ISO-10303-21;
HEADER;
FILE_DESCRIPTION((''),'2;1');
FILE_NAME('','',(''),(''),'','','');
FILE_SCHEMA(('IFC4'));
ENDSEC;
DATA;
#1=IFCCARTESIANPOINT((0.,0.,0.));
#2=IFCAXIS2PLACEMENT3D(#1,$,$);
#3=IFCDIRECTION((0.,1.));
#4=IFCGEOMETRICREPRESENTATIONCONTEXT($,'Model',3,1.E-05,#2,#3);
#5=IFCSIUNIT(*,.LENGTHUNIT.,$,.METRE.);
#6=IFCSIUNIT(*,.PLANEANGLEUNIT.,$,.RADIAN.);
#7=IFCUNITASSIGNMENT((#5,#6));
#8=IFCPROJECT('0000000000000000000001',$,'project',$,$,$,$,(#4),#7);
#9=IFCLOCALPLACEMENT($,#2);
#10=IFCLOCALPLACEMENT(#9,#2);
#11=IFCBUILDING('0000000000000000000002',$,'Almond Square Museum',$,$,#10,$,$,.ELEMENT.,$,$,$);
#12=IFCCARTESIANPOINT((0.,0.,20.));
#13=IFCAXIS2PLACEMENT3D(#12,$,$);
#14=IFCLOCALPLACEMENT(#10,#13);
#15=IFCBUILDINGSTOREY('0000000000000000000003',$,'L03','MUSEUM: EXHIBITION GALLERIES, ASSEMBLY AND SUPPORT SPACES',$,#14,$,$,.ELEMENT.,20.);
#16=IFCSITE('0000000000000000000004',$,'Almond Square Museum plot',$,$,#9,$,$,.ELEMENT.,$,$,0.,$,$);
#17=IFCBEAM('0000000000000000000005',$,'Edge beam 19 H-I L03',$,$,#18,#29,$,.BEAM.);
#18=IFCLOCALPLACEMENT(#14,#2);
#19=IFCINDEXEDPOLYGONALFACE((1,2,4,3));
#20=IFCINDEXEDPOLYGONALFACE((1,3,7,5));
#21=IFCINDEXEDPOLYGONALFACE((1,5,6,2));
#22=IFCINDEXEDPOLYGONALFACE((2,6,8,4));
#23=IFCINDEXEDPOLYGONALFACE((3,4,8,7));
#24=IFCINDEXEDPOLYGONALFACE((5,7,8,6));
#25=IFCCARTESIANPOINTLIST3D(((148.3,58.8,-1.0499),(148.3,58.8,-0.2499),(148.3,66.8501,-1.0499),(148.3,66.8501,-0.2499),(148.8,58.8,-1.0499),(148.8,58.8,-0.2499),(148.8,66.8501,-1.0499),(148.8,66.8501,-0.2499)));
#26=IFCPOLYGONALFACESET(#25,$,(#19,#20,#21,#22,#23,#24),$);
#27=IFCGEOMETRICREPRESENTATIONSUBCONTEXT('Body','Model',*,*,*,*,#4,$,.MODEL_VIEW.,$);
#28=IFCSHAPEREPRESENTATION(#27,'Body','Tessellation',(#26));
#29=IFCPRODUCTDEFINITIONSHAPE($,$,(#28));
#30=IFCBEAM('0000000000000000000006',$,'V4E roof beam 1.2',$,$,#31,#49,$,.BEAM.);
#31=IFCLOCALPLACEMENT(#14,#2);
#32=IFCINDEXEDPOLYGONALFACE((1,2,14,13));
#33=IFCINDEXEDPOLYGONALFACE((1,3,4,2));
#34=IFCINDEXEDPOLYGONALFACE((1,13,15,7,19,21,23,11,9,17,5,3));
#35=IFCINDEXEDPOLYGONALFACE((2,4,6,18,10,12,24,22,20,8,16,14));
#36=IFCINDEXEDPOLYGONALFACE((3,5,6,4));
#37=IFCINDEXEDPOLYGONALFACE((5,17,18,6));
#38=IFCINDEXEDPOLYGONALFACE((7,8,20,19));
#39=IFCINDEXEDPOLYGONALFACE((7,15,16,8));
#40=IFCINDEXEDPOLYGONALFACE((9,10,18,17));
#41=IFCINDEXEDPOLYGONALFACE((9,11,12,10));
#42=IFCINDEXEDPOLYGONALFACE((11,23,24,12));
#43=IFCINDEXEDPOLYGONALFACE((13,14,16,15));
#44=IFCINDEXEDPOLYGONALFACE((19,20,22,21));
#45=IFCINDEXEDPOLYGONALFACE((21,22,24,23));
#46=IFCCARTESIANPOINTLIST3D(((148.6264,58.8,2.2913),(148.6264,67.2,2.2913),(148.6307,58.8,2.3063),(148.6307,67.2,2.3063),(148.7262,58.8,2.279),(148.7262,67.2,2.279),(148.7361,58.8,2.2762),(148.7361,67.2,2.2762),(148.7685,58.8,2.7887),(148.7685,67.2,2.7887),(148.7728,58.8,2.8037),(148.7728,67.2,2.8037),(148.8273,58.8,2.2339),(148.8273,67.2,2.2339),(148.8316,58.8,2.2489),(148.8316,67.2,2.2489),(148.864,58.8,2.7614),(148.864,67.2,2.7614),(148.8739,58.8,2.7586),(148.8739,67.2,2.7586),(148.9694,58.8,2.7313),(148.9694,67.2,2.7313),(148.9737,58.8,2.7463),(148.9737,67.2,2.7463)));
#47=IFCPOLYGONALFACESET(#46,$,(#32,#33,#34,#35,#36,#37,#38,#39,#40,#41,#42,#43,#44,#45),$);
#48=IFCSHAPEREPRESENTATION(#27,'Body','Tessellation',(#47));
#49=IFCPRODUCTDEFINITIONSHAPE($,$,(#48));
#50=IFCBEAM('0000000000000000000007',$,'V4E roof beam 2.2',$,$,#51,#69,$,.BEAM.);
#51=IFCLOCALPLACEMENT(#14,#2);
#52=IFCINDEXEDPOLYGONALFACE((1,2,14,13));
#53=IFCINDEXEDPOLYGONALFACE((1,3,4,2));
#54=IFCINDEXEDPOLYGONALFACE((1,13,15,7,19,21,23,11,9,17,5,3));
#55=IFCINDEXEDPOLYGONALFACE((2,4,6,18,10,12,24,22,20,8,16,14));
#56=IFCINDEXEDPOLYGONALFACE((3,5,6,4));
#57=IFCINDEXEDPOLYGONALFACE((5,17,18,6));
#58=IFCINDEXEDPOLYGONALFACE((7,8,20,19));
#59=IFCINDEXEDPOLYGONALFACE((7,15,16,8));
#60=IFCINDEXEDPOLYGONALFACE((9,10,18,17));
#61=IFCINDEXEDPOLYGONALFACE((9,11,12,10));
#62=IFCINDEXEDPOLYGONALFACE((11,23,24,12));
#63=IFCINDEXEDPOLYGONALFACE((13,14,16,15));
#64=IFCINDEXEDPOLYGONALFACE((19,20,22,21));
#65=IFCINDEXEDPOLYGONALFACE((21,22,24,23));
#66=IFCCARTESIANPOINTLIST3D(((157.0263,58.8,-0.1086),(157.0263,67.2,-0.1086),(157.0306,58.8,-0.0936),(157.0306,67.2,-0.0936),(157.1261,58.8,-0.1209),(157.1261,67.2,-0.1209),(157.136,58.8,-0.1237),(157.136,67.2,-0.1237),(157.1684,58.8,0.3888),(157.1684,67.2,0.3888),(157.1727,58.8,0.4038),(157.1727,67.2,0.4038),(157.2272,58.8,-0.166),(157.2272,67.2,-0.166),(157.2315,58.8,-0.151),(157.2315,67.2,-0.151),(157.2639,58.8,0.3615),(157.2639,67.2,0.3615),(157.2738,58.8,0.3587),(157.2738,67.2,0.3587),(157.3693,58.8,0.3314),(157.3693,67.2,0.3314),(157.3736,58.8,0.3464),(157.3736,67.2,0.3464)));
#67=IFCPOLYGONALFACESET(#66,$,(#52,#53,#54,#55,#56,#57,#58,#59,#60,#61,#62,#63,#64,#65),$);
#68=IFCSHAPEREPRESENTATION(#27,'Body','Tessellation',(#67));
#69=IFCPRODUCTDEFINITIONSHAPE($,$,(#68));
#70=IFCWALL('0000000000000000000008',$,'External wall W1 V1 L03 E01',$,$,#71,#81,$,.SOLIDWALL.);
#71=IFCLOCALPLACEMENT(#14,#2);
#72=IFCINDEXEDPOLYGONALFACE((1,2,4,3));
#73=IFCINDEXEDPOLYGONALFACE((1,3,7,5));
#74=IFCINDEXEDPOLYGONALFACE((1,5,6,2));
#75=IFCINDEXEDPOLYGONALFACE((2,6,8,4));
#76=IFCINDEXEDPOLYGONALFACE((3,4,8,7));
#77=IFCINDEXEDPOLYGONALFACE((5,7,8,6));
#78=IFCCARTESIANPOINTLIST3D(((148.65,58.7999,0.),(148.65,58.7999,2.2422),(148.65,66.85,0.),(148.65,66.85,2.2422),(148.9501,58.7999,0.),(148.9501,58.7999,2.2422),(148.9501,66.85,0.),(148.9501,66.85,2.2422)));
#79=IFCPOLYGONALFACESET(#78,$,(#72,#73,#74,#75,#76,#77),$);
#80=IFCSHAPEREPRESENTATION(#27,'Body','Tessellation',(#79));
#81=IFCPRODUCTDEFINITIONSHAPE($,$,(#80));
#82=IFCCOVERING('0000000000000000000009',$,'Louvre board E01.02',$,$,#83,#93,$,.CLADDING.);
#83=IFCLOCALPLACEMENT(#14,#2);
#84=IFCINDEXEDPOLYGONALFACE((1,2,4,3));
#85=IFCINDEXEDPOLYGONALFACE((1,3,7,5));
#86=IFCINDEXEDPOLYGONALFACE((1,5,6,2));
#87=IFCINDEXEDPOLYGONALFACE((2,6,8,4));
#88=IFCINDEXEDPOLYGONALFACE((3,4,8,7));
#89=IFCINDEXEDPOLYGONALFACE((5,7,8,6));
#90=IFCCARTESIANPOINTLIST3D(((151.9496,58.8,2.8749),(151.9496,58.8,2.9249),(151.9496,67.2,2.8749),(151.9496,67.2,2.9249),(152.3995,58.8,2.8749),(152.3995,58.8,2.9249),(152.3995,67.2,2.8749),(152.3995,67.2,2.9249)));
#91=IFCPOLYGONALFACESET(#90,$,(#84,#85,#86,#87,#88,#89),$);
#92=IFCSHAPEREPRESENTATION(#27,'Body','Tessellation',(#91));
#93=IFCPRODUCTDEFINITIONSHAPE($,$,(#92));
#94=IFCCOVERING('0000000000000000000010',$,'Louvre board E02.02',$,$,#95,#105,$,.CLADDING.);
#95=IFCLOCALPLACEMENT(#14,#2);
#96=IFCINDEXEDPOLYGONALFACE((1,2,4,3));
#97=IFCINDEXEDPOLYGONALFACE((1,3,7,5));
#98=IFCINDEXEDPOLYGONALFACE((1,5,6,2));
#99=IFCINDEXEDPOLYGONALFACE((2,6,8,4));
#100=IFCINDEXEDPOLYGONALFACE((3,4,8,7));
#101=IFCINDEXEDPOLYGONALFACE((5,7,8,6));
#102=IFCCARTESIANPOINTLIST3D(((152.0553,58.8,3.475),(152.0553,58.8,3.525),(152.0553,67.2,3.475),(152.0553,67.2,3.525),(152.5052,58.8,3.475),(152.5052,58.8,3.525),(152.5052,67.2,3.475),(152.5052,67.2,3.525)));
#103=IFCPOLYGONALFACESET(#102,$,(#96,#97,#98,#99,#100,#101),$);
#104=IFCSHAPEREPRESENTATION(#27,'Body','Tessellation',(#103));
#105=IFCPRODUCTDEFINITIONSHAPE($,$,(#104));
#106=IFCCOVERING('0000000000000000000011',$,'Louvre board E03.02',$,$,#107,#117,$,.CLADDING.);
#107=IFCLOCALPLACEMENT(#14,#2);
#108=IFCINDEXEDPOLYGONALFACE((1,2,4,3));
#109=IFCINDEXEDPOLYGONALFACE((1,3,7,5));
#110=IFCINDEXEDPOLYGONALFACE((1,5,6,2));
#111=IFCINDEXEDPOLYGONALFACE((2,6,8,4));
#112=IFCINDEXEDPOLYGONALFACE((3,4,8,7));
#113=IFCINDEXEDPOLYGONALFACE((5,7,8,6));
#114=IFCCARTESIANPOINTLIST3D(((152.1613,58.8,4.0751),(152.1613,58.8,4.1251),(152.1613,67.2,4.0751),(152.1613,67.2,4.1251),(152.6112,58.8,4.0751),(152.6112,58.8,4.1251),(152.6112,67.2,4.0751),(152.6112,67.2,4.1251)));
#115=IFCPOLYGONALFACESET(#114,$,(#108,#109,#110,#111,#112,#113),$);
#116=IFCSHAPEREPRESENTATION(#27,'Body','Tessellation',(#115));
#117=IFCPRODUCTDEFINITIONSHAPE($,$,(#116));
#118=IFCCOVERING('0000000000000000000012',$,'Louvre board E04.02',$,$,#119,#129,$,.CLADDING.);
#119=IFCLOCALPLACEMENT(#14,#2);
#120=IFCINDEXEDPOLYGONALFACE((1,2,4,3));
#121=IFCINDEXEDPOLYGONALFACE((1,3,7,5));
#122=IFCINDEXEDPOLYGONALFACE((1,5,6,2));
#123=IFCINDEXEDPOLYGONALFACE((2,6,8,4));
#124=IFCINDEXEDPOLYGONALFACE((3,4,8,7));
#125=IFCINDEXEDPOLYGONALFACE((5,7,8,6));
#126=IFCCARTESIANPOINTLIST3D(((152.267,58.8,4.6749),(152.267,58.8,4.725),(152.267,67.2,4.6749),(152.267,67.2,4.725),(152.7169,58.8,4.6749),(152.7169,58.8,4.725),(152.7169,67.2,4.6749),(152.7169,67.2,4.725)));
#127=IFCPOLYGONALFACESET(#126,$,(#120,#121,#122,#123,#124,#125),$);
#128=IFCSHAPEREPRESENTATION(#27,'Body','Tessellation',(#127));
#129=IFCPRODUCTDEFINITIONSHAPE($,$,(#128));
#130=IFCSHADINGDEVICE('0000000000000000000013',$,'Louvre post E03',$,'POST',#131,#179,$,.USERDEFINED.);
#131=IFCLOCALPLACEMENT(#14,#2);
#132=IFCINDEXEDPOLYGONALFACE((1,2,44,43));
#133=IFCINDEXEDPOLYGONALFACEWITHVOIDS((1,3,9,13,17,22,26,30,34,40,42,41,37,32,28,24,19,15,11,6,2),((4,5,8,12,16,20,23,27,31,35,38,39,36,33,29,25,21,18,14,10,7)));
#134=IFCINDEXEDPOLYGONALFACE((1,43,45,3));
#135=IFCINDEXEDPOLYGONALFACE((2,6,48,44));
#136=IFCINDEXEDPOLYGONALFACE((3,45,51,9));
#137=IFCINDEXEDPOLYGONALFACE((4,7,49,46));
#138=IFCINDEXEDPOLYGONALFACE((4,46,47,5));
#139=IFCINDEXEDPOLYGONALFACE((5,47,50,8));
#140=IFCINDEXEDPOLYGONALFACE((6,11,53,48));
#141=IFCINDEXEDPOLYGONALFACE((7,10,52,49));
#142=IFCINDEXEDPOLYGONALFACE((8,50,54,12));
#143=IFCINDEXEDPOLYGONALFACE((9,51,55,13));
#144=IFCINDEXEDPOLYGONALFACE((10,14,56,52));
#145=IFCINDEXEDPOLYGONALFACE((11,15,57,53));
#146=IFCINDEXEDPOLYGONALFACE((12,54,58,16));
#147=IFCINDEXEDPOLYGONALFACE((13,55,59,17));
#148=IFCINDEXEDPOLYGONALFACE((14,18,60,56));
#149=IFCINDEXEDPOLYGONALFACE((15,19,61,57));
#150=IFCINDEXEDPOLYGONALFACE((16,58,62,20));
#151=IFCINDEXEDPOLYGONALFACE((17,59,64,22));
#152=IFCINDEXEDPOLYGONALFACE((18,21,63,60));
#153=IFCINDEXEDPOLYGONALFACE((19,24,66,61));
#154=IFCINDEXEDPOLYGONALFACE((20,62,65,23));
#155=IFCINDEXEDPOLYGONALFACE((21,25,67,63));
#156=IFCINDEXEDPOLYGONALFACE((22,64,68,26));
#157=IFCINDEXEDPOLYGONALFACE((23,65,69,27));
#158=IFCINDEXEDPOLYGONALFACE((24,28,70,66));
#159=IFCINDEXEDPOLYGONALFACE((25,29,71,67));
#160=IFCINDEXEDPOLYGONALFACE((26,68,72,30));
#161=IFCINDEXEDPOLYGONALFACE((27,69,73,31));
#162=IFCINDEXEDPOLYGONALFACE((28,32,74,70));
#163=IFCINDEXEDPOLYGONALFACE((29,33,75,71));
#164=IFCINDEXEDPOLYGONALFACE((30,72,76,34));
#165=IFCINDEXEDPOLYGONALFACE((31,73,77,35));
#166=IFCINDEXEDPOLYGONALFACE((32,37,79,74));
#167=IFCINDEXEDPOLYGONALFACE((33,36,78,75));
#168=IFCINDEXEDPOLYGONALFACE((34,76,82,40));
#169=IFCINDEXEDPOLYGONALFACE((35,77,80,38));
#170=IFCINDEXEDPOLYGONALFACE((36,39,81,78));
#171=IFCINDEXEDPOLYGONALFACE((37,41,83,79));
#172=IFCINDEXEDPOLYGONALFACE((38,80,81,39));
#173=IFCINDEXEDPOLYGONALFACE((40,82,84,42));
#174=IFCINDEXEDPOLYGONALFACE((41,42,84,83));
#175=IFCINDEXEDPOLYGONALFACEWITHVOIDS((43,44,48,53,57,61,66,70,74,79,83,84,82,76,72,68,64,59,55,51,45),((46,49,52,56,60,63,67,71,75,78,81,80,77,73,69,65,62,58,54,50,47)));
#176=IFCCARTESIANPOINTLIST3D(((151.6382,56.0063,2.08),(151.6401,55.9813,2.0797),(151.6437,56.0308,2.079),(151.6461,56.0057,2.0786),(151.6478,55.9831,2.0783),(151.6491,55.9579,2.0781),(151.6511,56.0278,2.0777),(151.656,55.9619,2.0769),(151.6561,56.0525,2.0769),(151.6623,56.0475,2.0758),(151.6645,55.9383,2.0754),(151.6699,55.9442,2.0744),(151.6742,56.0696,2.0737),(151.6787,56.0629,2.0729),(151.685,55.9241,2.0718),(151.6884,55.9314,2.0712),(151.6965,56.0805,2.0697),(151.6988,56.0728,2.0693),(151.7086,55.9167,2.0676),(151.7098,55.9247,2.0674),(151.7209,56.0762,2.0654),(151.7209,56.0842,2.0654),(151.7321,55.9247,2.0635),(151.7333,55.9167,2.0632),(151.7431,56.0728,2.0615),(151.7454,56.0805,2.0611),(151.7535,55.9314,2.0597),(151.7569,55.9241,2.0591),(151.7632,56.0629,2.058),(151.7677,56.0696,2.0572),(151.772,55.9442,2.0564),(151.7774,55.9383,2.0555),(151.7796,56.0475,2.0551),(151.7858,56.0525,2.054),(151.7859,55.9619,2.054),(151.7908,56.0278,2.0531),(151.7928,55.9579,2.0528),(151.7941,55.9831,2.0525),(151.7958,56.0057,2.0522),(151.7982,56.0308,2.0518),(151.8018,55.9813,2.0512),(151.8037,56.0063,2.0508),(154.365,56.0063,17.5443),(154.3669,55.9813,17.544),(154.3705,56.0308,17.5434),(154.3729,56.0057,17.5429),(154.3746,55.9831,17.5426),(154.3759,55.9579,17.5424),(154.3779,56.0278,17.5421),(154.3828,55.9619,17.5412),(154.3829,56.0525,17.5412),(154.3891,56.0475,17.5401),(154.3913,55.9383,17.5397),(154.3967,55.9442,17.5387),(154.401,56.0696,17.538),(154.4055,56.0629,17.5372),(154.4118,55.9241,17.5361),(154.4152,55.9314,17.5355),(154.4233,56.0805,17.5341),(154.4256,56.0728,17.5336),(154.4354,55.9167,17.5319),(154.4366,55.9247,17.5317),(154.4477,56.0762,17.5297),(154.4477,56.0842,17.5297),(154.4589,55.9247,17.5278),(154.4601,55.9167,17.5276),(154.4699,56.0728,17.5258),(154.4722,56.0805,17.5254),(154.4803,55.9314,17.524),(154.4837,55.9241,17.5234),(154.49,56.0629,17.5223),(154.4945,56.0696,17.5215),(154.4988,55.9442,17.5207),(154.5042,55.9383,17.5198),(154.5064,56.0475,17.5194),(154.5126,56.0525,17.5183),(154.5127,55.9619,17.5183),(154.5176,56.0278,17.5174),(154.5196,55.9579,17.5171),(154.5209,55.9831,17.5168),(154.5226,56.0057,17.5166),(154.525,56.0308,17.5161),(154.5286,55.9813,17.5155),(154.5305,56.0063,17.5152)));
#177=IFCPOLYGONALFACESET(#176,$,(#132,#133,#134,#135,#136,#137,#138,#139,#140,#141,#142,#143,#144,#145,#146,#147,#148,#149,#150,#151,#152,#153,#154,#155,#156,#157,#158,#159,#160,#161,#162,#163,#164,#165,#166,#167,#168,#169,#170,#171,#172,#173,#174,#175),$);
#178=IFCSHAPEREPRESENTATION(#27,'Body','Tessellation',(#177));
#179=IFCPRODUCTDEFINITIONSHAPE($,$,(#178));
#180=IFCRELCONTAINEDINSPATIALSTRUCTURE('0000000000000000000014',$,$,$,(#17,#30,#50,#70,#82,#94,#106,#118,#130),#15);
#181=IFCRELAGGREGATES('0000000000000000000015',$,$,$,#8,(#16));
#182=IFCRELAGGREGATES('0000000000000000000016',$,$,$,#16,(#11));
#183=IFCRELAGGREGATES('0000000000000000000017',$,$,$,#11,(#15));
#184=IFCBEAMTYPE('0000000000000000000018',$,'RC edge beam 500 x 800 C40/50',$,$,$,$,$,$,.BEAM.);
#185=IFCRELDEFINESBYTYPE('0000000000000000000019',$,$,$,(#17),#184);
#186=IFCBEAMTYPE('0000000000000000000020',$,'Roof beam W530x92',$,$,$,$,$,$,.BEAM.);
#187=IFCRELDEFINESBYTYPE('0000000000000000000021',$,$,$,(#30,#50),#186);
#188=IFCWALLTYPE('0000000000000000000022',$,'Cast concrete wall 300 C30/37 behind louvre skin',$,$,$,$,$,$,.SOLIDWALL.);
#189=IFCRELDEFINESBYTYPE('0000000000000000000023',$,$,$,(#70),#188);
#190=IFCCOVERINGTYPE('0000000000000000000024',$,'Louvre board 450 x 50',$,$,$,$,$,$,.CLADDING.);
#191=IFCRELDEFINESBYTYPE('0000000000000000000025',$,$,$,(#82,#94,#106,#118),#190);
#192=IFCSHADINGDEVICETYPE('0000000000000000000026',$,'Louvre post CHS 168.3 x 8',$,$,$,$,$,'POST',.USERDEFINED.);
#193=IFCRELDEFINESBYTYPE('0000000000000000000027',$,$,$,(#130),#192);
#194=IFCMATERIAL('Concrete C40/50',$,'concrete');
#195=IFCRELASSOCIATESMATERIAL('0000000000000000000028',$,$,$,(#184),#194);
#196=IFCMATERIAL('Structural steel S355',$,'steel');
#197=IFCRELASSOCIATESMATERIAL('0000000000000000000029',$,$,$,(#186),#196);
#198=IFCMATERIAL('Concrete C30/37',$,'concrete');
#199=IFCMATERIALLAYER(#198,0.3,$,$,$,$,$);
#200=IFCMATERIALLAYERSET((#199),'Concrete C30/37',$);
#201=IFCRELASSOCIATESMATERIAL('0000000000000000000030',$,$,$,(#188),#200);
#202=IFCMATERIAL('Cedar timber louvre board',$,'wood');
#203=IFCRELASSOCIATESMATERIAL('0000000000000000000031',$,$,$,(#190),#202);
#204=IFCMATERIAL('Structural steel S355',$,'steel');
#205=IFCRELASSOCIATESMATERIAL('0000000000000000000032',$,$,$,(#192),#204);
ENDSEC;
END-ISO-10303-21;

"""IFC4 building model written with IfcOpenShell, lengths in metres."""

from ifc_helpers import new_model, si_unit, direction, frame, frame_2d, origin, origin_2d, place, context, subcontext, project, spatial, rectangle, hollow_circle, i_section, extrude, material, layer, layer_set, material_profile, profile_set, type_object, element, save


model = new_model("IFC4")

# Units and contexts
model_context = context("Model", 3, precision=1e-05, world=origin(), true_north=direction((0.0, 1.0)))
body_context = subcontext(model_context, "Body", "Model", "MODEL_VIEW")
ifc_project = project(units=[si_unit("LENGTHUNIT", "METRE"), si_unit("PLANEANGLEUNIT", "RADIAN")], contexts=[model_context])

# Site, building, storey
site_placement = place(None, origin())
site = spatial("IfcSite", under=ifc_project, at=site_placement, Name="Almond Square Museum plot", CompositionType="ELEMENT", RefElevation=0.0)
building_placement = place(site_placement, origin())
building = spatial("IfcBuilding", under=site, at=building_placement, Name="Almond Square Museum", CompositionType="ELEMENT")
storey_placement = place(building_placement, frame((0.0, 0.0, 20.0)))
storey = spatial("IfcBuildingStorey", under=building, at=storey_placement, Name="L03", Description="MUSEUM: EXHIBITION GALLERIES, ASSEMBLY AND SUPPORT SPACES", CompositionType="ELEMENT", Elevation=20.0)

# Beams
ifc_material_1 = material(Name="Concrete C40/50", Category="concrete")
ifc_material_profile_1 = material_profile(ifc_material_1, rectangle(XDim=0.5, YDim=0.8, at=origin_2d()))
ifc_profile_set_1 = profile_set([ifc_material_profile_1], Name="Concrete C40/50")
beam_type_1 = type_object("IfcBeamType", Name="RC edge beam 500 x 800 C40/50", PredefinedType="BEAM", material=ifc_profile_set_1)
beam_placement = place(storey_placement, frame((148.55, 58.8, -0.6499), z_axis=(0.0, 1.0, 0.0), x_axis=(-1.0, 0.0, 0.0)))
element("IfcBeam", 1, at=beam_placement, inside=storey, type_object=beam_type_1, Name="Edge beam 19 H-I L03", PredefinedType="BEAM", context=body_context, shape_type="SweptSolid", body=[
    extrude(rectangle(XDim=0.5, YDim=0.8, at=origin_2d()), origin(), (0.0, 0.0, 1.0), 8.05),
])
ifc_material_2 = material(Name="Structural steel S355", Category="steel")
ifc_material_profile_2 = material_profile(ifc_material_2, i_section(OverallWidth=0.209, OverallDepth=0.533, WebThickness=0.0103, FlangeThickness=0.0156, at=origin_2d()))
ifc_profile_set_2 = profile_set([ifc_material_profile_2], Name="Structural steel S355")
beam_type_2 = type_object("IfcBeamType", Name="Roof beam W530x92", PredefinedType="BEAM", material=ifc_profile_set_2)
for number, where, z_axis, x_axis, name in (
    (2, (148.8, 58.8, 2.5188), (0.0, 1.0, 0.0), (-0.961524, 0.0, 0.274721), "V4E roof beam 1.2"),
    (3, (157.2, 58.8, 0.1189), (0.0, 1.0, 0.0), (-0.961524, 0.0, 0.274721), "V4E roof beam 2.2"),
):
    element("IfcBeam", number, at=place(storey_placement, frame(where, z_axis=z_axis, x_axis=x_axis)), inside=storey, type_object=beam_type_2, Name=name, PredefinedType="BEAM", context=body_context, shape_type="SweptSolid", body=[
        extrude(i_section(OverallWidth=0.209, OverallDepth=0.533, WebThickness=0.0103, FlangeThickness=0.0156, at=origin_2d()), origin(), (0.0, 0.0, 1.0), 8.3999),
    ])

# Wall
ifc_material_3 = material(Name="Concrete C30/37", Category="concrete")
ifc_layer_1 = layer(ifc_material_3, 0.3)
ifc_layer_set_1 = layer_set([ifc_layer_1], Name="Concrete C30/37")
wall_type = type_object("IfcWallType", Name="Cast concrete wall 300 C30/37 behind louvre skin", PredefinedType="SOLIDWALL", material=ifc_layer_set_1)
wall_placement = place(storey_placement, frame((148.8, 58.8, 0.0), z_axis=(0.0, 0.0, 1.0), x_axis=(0.0, 1.0, 0.0)))
element("IfcWall", 4, at=wall_placement, inside=storey, type_object=wall_type, Name="External wall W1 V1 L03 E01", PredefinedType="SOLIDWALL", context=body_context, shape_type="SweptSolid", body=[
    extrude(rectangle(XDim=8.05, YDim=0.3, at=frame_2d((4.0249, 0.0))), origin(), (0.0, 0.0, 1.0), 2.2422),
])

# Coverings
ifc_material_4 = material(Name="Cedar timber louvre board", Category="wood")
ifc_material_profile_3 = material_profile(ifc_material_4, rectangle(XDim=0.45, YDim=0.05, at=origin_2d()))
ifc_profile_set_3 = profile_set([ifc_material_profile_3], Name="Cedar timber louvre board")
covering_type_1 = type_object("IfcCoveringType", Name="Louvre board 450 x 50", PredefinedType="CLADDING", material=ifc_profile_set_3)
for number, where, z_axis, x_axis, name in (
    (5, (152.1746, 58.8, 2.8999), (0.0, 1.0, 0.0), (-1.0, 0.0, 0.0), "Louvre board E01.02"),
    (6, (152.2803, 58.8, 3.5), (0.0, 1.0, 0.0), (-1.0, 0.0, 0.0), "Louvre board E02.02"),
    (7, (152.3862, 58.8, 4.1001), (0.0, 1.0, 0.0), (-1.0, 0.0, 0.0), "Louvre board E03.02"),
    (8, (152.4919, 58.8, 4.7), (0.0, 1.0, 0.0), (-1.0, 0.0, 0.0), "Louvre board E04.02"),
):
    element("IfcCovering", number, at=place(storey_placement, frame(where, z_axis=z_axis, x_axis=x_axis)), inside=storey, type_object=covering_type_1, Name=name, PredefinedType="CLADDING", context=body_context, shape_type="SweptSolid", body=[
        extrude(rectangle(XDim=0.45, YDim=0.05, at=origin_2d()), origin(), (0.0, 0.0, 1.0), 8.3999),
    ])

# Shading device
ifc_material_5 = material(Name="Structural steel S355", Category="steel")
ifc_material_profile_4 = material_profile(ifc_material_5, hollow_circle(Radius=0.0842, WallThickness=0.0081, at=origin_2d()))
ifc_profile_set_4 = profile_set([ifc_material_profile_4], Name="Structural steel S355")
shading_device_type = type_object("IfcShadingDeviceType", Name="Louvre post CHS 168.3 x 8", ElementType="POST", PredefinedType="USERDEFINED", material=ifc_profile_set_4)
shading_device_1_placement = place(storey_placement, frame((151.7209, 56.0, 2.0654), z_axis=(0.17365, 0.0, 0.984807), x_axis=(0.0, 1.0, 0.0)))
element("IfcShadingDevice", 9, at=shading_device_1_placement, inside=storey, type_object=shading_device_type, Name="Louvre post E03", ObjectType="POST", PredefinedType="USERDEFINED", context=body_context, shape_type="SweptSolid", body=[
    extrude(hollow_circle(Radius=0.0842, WallThickness=0.0081, at=origin_2d()), origin(), (0.0, 0.0, 1.0), 15.7029),
])

save(model, "model.ifc")
